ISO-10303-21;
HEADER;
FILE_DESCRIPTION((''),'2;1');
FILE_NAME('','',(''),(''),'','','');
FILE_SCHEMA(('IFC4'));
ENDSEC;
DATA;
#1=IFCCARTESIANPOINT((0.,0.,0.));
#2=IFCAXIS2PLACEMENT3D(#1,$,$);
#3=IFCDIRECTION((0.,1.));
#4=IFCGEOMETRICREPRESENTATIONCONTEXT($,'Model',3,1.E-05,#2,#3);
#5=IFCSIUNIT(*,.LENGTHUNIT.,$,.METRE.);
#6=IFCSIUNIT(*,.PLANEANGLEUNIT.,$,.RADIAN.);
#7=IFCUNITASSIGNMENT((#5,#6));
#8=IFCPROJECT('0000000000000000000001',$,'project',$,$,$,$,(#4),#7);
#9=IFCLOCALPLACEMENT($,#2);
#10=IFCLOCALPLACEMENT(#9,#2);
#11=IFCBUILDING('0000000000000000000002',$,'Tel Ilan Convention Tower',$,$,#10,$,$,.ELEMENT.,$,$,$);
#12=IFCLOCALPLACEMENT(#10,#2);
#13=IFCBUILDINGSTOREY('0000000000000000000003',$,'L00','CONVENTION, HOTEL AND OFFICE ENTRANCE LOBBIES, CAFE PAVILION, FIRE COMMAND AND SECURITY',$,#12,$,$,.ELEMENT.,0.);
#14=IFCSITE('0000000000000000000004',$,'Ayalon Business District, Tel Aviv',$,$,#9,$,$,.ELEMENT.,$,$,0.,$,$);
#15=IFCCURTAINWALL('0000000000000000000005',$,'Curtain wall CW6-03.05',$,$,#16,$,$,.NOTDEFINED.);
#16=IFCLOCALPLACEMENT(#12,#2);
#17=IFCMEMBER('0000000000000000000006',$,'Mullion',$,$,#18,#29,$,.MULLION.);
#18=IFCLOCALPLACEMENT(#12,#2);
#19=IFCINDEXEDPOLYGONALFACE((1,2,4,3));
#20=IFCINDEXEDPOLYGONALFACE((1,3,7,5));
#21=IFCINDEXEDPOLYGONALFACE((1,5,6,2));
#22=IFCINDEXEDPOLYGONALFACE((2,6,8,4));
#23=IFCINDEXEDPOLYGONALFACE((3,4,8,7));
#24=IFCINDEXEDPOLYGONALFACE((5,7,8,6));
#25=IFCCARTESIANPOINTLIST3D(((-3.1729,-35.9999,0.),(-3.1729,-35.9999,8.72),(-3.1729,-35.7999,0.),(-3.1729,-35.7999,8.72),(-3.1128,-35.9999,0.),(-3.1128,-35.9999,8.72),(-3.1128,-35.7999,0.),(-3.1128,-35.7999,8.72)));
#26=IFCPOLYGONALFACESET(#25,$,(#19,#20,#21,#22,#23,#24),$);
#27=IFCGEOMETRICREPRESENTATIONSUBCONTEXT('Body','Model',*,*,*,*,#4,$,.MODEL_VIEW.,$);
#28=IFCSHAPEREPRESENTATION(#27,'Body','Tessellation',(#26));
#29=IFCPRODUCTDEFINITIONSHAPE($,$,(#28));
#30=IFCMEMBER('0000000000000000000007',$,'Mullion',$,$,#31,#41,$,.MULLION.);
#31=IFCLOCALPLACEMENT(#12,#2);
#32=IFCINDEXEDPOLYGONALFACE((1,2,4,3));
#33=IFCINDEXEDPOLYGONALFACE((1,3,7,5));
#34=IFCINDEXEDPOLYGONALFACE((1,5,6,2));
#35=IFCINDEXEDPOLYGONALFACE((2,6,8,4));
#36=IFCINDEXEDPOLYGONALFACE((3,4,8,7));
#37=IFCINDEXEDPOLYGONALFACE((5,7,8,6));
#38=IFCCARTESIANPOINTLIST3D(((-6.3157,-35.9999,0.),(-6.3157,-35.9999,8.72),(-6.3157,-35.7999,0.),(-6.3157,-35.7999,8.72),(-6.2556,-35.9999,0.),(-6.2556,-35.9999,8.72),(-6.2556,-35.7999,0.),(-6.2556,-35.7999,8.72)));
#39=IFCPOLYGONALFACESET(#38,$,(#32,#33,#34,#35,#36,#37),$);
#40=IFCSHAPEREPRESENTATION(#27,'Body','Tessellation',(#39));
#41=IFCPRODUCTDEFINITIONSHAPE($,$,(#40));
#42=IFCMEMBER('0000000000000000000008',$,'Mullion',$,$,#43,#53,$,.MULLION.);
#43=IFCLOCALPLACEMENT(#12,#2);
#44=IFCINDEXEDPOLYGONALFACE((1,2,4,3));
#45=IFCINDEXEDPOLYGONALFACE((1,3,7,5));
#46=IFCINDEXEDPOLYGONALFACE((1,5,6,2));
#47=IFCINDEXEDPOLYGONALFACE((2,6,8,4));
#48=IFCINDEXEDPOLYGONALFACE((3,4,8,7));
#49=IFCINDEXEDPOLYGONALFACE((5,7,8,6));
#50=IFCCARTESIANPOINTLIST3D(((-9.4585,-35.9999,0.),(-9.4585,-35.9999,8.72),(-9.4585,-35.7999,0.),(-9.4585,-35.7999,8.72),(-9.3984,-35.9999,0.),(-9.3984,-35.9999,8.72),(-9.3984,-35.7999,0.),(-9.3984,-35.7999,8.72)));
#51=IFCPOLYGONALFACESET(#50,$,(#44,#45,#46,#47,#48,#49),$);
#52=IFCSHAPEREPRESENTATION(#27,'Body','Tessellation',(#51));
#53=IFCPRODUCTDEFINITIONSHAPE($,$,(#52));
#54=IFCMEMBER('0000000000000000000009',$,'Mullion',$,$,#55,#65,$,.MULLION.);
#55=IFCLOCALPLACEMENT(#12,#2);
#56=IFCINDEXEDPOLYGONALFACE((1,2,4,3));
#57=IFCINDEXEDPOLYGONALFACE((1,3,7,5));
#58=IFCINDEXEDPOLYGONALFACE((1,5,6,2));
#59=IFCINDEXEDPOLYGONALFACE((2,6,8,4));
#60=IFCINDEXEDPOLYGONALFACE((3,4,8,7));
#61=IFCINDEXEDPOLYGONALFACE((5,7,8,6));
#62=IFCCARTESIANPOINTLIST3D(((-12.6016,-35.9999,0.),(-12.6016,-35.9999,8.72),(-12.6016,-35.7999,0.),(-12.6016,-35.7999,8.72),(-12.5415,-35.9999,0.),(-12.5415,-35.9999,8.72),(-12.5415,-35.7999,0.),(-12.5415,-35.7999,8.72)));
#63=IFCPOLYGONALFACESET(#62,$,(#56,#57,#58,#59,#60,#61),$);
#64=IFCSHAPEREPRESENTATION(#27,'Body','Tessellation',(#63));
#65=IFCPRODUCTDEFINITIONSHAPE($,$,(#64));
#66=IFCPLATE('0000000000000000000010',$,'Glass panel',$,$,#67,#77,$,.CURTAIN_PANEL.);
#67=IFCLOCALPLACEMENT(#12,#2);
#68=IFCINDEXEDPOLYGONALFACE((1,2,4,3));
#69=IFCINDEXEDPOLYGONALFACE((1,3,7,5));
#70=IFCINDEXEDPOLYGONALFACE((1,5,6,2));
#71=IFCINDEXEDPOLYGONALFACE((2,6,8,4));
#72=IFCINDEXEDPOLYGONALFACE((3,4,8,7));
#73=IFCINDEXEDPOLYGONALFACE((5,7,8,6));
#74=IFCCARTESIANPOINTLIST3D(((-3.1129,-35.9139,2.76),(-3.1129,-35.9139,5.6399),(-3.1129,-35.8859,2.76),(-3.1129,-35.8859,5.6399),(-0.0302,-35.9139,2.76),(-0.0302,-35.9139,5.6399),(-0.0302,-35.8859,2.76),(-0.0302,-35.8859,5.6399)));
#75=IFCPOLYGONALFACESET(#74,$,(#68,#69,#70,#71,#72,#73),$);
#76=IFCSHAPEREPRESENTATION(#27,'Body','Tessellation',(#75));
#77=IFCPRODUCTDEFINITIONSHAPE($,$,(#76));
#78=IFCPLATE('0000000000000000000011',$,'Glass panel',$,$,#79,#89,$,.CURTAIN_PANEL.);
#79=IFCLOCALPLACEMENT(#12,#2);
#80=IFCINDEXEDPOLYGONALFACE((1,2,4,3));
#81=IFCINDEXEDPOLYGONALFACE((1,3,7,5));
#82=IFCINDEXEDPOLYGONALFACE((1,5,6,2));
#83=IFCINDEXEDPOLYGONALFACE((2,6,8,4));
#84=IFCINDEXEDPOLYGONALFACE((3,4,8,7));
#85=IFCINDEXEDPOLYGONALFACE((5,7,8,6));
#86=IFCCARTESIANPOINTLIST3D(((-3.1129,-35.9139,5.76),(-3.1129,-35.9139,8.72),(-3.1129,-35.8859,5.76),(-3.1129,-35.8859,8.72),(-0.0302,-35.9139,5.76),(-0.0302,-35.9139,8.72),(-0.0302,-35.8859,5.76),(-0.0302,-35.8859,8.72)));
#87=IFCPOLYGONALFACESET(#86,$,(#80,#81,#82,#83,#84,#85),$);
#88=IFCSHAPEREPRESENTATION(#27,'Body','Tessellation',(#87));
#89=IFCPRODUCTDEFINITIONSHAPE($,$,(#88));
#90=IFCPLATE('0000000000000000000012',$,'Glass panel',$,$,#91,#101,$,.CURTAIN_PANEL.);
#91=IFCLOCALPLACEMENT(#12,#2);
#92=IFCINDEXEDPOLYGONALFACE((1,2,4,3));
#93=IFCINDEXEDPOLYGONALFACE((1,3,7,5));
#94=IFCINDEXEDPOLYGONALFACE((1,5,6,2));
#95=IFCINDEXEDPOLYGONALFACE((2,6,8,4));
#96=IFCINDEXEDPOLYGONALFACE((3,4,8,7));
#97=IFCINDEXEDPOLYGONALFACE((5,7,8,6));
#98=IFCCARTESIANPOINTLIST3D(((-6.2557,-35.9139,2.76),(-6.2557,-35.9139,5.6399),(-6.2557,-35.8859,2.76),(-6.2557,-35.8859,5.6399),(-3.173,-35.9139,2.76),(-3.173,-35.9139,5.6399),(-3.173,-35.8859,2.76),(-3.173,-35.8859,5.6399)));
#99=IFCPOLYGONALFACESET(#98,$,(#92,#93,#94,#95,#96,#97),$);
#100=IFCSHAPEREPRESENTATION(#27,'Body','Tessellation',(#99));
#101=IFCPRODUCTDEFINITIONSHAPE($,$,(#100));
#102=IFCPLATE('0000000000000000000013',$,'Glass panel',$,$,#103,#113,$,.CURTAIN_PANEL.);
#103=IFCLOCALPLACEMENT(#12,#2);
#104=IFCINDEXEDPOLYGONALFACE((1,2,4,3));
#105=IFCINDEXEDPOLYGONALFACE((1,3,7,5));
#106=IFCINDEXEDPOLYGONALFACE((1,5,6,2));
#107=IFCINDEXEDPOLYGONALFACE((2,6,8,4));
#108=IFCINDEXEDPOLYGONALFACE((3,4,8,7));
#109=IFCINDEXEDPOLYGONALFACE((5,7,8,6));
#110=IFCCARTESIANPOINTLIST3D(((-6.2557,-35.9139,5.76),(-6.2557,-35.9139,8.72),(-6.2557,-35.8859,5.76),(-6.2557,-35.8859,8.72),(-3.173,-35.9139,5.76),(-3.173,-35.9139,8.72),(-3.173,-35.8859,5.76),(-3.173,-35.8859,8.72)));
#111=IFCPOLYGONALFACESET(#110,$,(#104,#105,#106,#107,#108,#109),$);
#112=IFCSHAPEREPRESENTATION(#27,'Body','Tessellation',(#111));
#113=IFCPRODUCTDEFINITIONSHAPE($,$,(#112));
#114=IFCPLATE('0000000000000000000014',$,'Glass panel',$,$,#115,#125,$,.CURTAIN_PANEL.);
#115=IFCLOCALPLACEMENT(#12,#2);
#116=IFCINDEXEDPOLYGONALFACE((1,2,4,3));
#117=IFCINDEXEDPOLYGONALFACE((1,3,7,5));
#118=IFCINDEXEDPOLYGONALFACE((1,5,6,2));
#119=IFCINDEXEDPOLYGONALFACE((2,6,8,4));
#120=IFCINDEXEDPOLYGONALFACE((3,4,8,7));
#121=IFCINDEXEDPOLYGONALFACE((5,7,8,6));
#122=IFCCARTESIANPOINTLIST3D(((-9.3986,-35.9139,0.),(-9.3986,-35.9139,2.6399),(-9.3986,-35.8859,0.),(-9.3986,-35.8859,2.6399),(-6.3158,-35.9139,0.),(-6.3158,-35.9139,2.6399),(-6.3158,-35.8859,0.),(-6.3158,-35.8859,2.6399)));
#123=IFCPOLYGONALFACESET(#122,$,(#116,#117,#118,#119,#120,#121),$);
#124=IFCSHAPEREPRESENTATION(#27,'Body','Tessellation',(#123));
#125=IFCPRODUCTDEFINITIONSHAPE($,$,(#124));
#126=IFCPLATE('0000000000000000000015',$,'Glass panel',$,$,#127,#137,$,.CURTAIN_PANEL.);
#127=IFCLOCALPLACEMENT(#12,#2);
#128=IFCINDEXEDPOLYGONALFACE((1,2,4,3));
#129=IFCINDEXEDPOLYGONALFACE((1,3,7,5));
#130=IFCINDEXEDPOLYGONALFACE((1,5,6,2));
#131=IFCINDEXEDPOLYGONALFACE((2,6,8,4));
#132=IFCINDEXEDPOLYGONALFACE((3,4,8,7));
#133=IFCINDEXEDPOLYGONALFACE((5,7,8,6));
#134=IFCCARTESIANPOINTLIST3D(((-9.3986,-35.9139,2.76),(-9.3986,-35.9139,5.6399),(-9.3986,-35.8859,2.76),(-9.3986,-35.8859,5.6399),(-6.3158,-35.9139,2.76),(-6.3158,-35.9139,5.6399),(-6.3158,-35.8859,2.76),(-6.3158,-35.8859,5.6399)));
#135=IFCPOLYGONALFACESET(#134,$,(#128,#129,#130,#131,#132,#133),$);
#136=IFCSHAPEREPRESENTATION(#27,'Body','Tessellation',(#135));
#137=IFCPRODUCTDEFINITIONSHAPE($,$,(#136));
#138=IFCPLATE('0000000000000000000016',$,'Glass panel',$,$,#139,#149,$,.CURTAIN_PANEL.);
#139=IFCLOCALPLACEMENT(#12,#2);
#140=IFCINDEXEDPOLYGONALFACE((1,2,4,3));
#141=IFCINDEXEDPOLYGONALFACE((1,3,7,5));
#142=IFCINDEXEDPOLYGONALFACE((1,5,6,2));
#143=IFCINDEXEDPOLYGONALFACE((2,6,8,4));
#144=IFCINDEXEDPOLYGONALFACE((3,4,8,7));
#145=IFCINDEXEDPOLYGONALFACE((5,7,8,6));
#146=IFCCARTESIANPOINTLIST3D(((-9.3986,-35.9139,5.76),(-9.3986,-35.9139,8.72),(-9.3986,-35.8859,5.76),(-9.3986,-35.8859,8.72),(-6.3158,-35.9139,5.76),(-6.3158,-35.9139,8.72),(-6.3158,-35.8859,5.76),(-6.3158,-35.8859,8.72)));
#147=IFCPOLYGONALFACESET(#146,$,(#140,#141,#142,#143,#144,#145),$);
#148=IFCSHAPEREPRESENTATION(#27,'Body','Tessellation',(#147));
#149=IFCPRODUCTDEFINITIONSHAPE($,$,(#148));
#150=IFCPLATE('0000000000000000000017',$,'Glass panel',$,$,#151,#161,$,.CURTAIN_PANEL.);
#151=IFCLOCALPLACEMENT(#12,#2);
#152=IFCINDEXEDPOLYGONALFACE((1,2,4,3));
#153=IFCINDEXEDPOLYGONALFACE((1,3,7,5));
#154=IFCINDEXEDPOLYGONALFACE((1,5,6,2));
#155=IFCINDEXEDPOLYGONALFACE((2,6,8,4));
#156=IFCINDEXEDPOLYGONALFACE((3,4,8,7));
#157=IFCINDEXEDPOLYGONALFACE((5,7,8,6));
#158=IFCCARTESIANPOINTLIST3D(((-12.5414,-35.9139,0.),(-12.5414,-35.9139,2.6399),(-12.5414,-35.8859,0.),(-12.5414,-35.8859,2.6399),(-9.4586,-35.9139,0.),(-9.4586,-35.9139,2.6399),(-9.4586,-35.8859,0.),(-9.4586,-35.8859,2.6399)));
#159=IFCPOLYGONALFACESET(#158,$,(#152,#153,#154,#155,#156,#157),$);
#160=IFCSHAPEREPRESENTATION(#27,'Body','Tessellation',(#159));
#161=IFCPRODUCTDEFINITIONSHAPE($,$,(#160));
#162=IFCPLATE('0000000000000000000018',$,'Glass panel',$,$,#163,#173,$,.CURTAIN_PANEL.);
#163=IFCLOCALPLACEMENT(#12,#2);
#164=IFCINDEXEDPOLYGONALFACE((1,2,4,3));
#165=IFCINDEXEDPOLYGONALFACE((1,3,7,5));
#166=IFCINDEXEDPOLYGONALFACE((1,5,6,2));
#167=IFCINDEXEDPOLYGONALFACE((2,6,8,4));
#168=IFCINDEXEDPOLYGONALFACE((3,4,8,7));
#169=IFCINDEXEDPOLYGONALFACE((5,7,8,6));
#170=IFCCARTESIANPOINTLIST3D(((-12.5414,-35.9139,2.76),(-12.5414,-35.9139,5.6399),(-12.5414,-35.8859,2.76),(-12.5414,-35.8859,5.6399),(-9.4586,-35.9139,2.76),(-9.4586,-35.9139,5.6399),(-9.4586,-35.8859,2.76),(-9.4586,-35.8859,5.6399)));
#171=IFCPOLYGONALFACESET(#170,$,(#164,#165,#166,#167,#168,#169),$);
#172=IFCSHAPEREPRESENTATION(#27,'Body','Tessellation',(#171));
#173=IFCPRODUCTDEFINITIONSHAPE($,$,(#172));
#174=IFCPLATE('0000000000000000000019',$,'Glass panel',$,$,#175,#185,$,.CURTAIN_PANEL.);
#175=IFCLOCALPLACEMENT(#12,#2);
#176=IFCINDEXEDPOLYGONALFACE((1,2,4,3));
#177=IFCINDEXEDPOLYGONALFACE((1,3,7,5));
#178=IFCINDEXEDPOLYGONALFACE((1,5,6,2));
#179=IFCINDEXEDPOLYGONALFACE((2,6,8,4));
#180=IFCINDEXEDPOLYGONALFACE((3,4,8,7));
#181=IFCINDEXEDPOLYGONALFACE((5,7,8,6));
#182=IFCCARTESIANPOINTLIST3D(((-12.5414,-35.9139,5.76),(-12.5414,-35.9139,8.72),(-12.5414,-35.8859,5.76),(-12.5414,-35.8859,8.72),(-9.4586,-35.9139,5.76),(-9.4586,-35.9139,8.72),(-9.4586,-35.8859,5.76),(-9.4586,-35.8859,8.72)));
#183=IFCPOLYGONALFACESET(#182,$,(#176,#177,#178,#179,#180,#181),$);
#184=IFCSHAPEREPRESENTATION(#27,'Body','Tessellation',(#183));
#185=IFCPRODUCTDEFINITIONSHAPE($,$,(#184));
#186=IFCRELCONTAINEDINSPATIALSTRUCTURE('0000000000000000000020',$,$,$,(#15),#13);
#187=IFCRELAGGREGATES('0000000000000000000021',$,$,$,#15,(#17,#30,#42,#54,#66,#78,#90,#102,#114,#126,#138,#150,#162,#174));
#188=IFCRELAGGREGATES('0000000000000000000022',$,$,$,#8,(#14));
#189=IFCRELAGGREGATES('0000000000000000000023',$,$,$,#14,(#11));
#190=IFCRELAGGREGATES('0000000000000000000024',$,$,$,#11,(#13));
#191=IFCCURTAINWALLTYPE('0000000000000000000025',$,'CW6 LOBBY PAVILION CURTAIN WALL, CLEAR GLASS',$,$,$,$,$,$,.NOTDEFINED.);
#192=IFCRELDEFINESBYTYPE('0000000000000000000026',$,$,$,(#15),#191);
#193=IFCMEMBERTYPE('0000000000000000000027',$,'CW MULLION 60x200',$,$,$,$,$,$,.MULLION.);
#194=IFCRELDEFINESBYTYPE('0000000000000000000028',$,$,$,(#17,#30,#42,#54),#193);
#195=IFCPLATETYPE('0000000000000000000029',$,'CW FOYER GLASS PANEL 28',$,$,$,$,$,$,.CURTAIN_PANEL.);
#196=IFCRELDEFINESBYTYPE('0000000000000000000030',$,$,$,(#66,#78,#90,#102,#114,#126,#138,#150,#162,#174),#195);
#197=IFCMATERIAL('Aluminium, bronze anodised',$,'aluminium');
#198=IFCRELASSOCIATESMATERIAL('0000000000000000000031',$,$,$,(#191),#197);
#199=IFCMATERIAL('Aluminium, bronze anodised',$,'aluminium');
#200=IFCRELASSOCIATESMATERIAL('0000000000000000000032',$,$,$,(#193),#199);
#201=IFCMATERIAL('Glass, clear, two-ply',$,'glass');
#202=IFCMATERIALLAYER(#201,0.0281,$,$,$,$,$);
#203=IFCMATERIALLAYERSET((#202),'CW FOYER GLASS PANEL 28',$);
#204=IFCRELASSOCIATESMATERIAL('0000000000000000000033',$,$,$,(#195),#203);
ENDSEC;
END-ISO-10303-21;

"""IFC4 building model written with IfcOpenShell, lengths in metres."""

from ifc_helpers import new_model, si_unit, direction, frame, origin, origin_2d, place, context, subcontext, project, spatial, rectangle, extrude, material, layer, layer_set, material_profile, profile_set, type_object, element, aggregate, save


model = new_model("IFC4")

# Units and contexts
model_context = context("Model", 3, precision=1e-05, world=origin(), true_north=direction((0.0, 1.0)))
body_context = subcontext(model_context, "Body", "Model", "MODEL_VIEW")
ifc_project = project(units=[si_unit("LENGTHUNIT", "METRE"), si_unit("PLANEANGLEUNIT", "RADIAN")], contexts=[model_context])

# Site, building, storey
site_placement = place(None, origin())
site = spatial("IfcSite", under=ifc_project, at=site_placement, Name="Ayalon Business District, Tel Aviv", CompositionType="ELEMENT", RefElevation=0.0)
building_placement = place(site_placement, origin())
building = spatial("IfcBuilding", under=site, at=building_placement, Name="Tel Ilan Convention Tower", CompositionType="ELEMENT")
storey_placement = place(building_placement, origin())
storey = spatial("IfcBuildingStorey", under=building, at=storey_placement, Name="L00", Description="CONVENTION, HOTEL AND OFFICE ENTRANCE LOBBIES, CAFE PAVILION, FIRE COMMAND AND SECURITY", CompositionType="ELEMENT", Elevation=0.0)

# Curtain wall, members, plates
ifc_material_1 = material(Name="Aluminium, bronze anodised", Category="aluminium")
curtain_wall_type = type_object("IfcCurtainWallType", Name="CW6 LOBBY PAVILION CURTAIN WALL, CLEAR GLASS", PredefinedType="NOTDEFINED", material=ifc_material_1)
curtain_wall_placement = place(storey_placement, origin())
curtain_wall = element("IfcCurtainWall", 1, at=curtain_wall_placement, inside=storey, type_object=curtain_wall_type, Name="Curtain wall CW6-03.05", PredefinedType="NOTDEFINED")
ifc_material_2 = material(Name="Aluminium, bronze anodised", Category="aluminium")
ifc_material_profile = material_profile(ifc_material_2, rectangle(XDim=0.0601, YDim=0.2, at=origin_2d()), Name="CW MULLION 60x200")
ifc_profile_set = profile_set([ifc_material_profile], Name="Aluminium, bronze anodised")
member_type = type_object("IfcMemberType", Name="CW MULLION 60x200", PredefinedType="MULLION", material=ifc_profile_set)
member_1_placement = place(storey_placement, frame((-3.1428, -35.8999, 0.0), z_axis=(0.0, 0.0, 1.0), x_axis=(-1.0, 0.0, 0.0)))
member_1 = element("IfcMember", 2, at=member_1_placement, type_object=member_type, Name="Mullion", PredefinedType="MULLION", context=body_context, shape_type="SweptSolid", body=[
    extrude(rectangle(XDim=0.0601, YDim=0.2, at=origin_2d()), origin(), (0.0, 0.0, 1.0), 8.72),
])
member_2_placement = place(storey_placement, frame((-6.2856, -35.8999, 0.0), z_axis=(0.0, 0.0, 1.0), x_axis=(-1.0, 0.0, 0.0)))
member_2 = element("IfcMember", 3, at=member_2_placement, type_object=member_type, Name="Mullion", PredefinedType="MULLION", context=body_context, shape_type="SweptSolid", body=[
    extrude(rectangle(XDim=0.0601, YDim=0.2, at=origin_2d()), origin(), (0.0, 0.0, 1.0), 8.72),
])
member_3_placement = place(storey_placement, frame((-9.4285, -35.8999, 0.0), z_axis=(0.0, 0.0, 1.0), x_axis=(-1.0, 0.0, 0.0)))
member_3 = element("IfcMember", 4, at=member_3_placement, type_object=member_type, Name="Mullion", PredefinedType="MULLION", context=body_context, shape_type="SweptSolid", body=[
    extrude(rectangle(XDim=0.0601, YDim=0.2, at=origin_2d()), origin(), (0.0, 0.0, 1.0), 8.72),
])
member_4_placement = place(storey_placement, frame((-12.5715, -35.8999, 0.0), z_axis=(0.0, 0.0, 1.0), x_axis=(-1.0, 0.0, 0.0)))
member_4 = element("IfcMember", 5, at=member_4_placement, type_object=member_type, Name="Mullion", PredefinedType="MULLION", context=body_context, shape_type="SweptSolid", body=[
    extrude(rectangle(XDim=0.0601, YDim=0.2, at=origin_2d()), origin(), (0.0, 0.0, 1.0), 8.72),
])
ifc_material_3 = material(Name="Glass, clear, two-ply", Category="glass")
ifc_layer_1 = layer(ifc_material_3, 0.0281)
ifc_layer_set_1 = layer_set([ifc_layer_1], Name="CW FOYER GLASS PANEL 28")
plate_type = type_object("IfcPlateType", Name="CW FOYER GLASS PANEL 28", PredefinedType="CURTAIN_PANEL", material=ifc_layer_set_1)
plate_1_placement = place(storey_placement, frame((-1.5715, -35.8999, 2.76), z_axis=(0.0, 0.0, 1.0), x_axis=(-1.0, 0.0, 0.0)))
plate_1 = element("IfcPlate", 6, at=plate_1_placement, type_object=plate_type, Name="Glass panel", PredefinedType="CURTAIN_PANEL", context=body_context, shape_type="SweptSolid", body=[
    extrude(rectangle(XDim=3.0828, YDim=0.0281, at=origin_2d()), origin(), (0.0, 0.0, 1.0), 2.8799),
])
plate_2_placement = place(storey_placement, frame((-1.5715, -35.8999, 5.76), z_axis=(0.0, 0.0, 1.0), x_axis=(-1.0, 0.0, 0.0)))
plate_2 = element("IfcPlate", 7, at=plate_2_placement, type_object=plate_type, Name="Glass panel", PredefinedType="CURTAIN_PANEL", context=body_context, shape_type="SweptSolid", body=[
    extrude(rectangle(XDim=3.0828, YDim=0.0281, at=origin_2d()), origin(), (0.0, 0.0, 1.0), 2.96),
])
plate_3_placement = place(storey_placement, frame((-4.7144, -35.8999, 2.76), z_axis=(0.0, 0.0, 1.0), x_axis=(-1.0, 0.0, 0.0)))
plate_3 = element("IfcPlate", 8, at=plate_3_placement, type_object=plate_type, Name="Glass panel", PredefinedType="CURTAIN_PANEL", context=body_context, shape_type="SweptSolid", body=[
    extrude(rectangle(XDim=3.0828, YDim=0.0281, at=origin_2d()), origin(), (0.0, 0.0, 1.0), 2.8799),
])
plate_4_placement = place(storey_placement, frame((-4.7144, -35.8999, 5.76), z_axis=(0.0, 0.0, 1.0), x_axis=(-1.0, 0.0, 0.0)))
plate_4 = element("IfcPlate", 9, at=plate_4_placement, type_object=plate_type, Name="Glass panel", PredefinedType="CURTAIN_PANEL", context=body_context, shape_type="SweptSolid", body=[
    extrude(rectangle(XDim=3.0828, YDim=0.0281, at=origin_2d()), origin(), (0.0, 0.0, 1.0), 2.96),
])
plate_5_placement = place(storey_placement, frame((-7.8572, -35.8999, 0.0), z_axis=(0.0, 0.0, 1.0), x_axis=(-1.0, 0.0, 0.0)))
plate_5 = element("IfcPlate", 10, at=plate_5_placement, type_object=plate_type, Name="Glass panel", PredefinedType="CURTAIN_PANEL", context=body_context, shape_type="SweptSolid", body=[
    extrude(rectangle(XDim=3.0828, YDim=0.0281, at=origin_2d()), origin(), (0.0, 0.0, 1.0), 2.6399),
])
plate_6_placement = place(storey_placement, frame((-7.8572, -35.8999, 2.76), z_axis=(0.0, 0.0, 1.0), x_axis=(-1.0, 0.0, 0.0)))
plate_6 = element("IfcPlate", 11, at=plate_6_placement, type_object=plate_type, Name="Glass panel", PredefinedType="CURTAIN_PANEL", context=body_context, shape_type="SweptSolid", body=[
    extrude(rectangle(XDim=3.0828, YDim=0.0281, at=origin_2d()), origin(), (0.0, 0.0, 1.0), 2.8799),
])
plate_7_placement = place(storey_placement, frame((-7.8572, -35.8999, 5.76), z_axis=(0.0, 0.0, 1.0), x_axis=(-1.0, 0.0, 0.0)))
plate_7 = element("IfcPlate", 12, at=plate_7_placement, type_object=plate_type, Name="Glass panel", PredefinedType="CURTAIN_PANEL", context=body_context, shape_type="SweptSolid", body=[
    extrude(rectangle(XDim=3.0828, YDim=0.0281, at=origin_2d()), origin(), (0.0, 0.0, 1.0), 2.96),
])
plate_8_placement = place(storey_placement, frame((-11.0, -35.8999, 0.0), z_axis=(0.0, 0.0, 1.0), x_axis=(-1.0, 0.0, 0.0)))
plate_8 = element("IfcPlate", 13, at=plate_8_placement, type_object=plate_type, Name="Glass panel", PredefinedType="CURTAIN_PANEL", context=body_context, shape_type="SweptSolid", body=[
    extrude(rectangle(XDim=3.0828, YDim=0.0281, at=origin_2d()), origin(), (0.0, 0.0, 1.0), 2.6399),
])
plate_9_placement = place(storey_placement, frame((-11.0, -35.8999, 2.76), z_axis=(0.0, 0.0, 1.0), x_axis=(-1.0, 0.0, 0.0)))
plate_9 = element("IfcPlate", 14, at=plate_9_placement, type_object=plate_type, Name="Glass panel", PredefinedType="CURTAIN_PANEL", context=body_context, shape_type="SweptSolid", body=[
    extrude(rectangle(XDim=3.0828, YDim=0.0281, at=origin_2d()), origin(), (0.0, 0.0, 1.0), 2.8799),
])
plate_10_placement = place(storey_placement, frame((-11.0, -35.8999, 5.76), z_axis=(0.0, 0.0, 1.0), x_axis=(-1.0, 0.0, 0.0)))
plate_10 = element("IfcPlate", 15, at=plate_10_placement, type_object=plate_type, Name="Glass panel", PredefinedType="CURTAIN_PANEL", context=body_context, shape_type="SweptSolid", body=[
    extrude(rectangle(XDim=3.0828, YDim=0.0281, at=origin_2d()), origin(), (0.0, 0.0, 1.0), 2.96),
])
aggregate(curtain_wall, [member_1, member_2, member_3, member_4, plate_1, plate_2, plate_3, plate_4, plate_5, plate_6, plate_7, plate_8, plate_9, plate_10])

save(model, "model.ifc")
